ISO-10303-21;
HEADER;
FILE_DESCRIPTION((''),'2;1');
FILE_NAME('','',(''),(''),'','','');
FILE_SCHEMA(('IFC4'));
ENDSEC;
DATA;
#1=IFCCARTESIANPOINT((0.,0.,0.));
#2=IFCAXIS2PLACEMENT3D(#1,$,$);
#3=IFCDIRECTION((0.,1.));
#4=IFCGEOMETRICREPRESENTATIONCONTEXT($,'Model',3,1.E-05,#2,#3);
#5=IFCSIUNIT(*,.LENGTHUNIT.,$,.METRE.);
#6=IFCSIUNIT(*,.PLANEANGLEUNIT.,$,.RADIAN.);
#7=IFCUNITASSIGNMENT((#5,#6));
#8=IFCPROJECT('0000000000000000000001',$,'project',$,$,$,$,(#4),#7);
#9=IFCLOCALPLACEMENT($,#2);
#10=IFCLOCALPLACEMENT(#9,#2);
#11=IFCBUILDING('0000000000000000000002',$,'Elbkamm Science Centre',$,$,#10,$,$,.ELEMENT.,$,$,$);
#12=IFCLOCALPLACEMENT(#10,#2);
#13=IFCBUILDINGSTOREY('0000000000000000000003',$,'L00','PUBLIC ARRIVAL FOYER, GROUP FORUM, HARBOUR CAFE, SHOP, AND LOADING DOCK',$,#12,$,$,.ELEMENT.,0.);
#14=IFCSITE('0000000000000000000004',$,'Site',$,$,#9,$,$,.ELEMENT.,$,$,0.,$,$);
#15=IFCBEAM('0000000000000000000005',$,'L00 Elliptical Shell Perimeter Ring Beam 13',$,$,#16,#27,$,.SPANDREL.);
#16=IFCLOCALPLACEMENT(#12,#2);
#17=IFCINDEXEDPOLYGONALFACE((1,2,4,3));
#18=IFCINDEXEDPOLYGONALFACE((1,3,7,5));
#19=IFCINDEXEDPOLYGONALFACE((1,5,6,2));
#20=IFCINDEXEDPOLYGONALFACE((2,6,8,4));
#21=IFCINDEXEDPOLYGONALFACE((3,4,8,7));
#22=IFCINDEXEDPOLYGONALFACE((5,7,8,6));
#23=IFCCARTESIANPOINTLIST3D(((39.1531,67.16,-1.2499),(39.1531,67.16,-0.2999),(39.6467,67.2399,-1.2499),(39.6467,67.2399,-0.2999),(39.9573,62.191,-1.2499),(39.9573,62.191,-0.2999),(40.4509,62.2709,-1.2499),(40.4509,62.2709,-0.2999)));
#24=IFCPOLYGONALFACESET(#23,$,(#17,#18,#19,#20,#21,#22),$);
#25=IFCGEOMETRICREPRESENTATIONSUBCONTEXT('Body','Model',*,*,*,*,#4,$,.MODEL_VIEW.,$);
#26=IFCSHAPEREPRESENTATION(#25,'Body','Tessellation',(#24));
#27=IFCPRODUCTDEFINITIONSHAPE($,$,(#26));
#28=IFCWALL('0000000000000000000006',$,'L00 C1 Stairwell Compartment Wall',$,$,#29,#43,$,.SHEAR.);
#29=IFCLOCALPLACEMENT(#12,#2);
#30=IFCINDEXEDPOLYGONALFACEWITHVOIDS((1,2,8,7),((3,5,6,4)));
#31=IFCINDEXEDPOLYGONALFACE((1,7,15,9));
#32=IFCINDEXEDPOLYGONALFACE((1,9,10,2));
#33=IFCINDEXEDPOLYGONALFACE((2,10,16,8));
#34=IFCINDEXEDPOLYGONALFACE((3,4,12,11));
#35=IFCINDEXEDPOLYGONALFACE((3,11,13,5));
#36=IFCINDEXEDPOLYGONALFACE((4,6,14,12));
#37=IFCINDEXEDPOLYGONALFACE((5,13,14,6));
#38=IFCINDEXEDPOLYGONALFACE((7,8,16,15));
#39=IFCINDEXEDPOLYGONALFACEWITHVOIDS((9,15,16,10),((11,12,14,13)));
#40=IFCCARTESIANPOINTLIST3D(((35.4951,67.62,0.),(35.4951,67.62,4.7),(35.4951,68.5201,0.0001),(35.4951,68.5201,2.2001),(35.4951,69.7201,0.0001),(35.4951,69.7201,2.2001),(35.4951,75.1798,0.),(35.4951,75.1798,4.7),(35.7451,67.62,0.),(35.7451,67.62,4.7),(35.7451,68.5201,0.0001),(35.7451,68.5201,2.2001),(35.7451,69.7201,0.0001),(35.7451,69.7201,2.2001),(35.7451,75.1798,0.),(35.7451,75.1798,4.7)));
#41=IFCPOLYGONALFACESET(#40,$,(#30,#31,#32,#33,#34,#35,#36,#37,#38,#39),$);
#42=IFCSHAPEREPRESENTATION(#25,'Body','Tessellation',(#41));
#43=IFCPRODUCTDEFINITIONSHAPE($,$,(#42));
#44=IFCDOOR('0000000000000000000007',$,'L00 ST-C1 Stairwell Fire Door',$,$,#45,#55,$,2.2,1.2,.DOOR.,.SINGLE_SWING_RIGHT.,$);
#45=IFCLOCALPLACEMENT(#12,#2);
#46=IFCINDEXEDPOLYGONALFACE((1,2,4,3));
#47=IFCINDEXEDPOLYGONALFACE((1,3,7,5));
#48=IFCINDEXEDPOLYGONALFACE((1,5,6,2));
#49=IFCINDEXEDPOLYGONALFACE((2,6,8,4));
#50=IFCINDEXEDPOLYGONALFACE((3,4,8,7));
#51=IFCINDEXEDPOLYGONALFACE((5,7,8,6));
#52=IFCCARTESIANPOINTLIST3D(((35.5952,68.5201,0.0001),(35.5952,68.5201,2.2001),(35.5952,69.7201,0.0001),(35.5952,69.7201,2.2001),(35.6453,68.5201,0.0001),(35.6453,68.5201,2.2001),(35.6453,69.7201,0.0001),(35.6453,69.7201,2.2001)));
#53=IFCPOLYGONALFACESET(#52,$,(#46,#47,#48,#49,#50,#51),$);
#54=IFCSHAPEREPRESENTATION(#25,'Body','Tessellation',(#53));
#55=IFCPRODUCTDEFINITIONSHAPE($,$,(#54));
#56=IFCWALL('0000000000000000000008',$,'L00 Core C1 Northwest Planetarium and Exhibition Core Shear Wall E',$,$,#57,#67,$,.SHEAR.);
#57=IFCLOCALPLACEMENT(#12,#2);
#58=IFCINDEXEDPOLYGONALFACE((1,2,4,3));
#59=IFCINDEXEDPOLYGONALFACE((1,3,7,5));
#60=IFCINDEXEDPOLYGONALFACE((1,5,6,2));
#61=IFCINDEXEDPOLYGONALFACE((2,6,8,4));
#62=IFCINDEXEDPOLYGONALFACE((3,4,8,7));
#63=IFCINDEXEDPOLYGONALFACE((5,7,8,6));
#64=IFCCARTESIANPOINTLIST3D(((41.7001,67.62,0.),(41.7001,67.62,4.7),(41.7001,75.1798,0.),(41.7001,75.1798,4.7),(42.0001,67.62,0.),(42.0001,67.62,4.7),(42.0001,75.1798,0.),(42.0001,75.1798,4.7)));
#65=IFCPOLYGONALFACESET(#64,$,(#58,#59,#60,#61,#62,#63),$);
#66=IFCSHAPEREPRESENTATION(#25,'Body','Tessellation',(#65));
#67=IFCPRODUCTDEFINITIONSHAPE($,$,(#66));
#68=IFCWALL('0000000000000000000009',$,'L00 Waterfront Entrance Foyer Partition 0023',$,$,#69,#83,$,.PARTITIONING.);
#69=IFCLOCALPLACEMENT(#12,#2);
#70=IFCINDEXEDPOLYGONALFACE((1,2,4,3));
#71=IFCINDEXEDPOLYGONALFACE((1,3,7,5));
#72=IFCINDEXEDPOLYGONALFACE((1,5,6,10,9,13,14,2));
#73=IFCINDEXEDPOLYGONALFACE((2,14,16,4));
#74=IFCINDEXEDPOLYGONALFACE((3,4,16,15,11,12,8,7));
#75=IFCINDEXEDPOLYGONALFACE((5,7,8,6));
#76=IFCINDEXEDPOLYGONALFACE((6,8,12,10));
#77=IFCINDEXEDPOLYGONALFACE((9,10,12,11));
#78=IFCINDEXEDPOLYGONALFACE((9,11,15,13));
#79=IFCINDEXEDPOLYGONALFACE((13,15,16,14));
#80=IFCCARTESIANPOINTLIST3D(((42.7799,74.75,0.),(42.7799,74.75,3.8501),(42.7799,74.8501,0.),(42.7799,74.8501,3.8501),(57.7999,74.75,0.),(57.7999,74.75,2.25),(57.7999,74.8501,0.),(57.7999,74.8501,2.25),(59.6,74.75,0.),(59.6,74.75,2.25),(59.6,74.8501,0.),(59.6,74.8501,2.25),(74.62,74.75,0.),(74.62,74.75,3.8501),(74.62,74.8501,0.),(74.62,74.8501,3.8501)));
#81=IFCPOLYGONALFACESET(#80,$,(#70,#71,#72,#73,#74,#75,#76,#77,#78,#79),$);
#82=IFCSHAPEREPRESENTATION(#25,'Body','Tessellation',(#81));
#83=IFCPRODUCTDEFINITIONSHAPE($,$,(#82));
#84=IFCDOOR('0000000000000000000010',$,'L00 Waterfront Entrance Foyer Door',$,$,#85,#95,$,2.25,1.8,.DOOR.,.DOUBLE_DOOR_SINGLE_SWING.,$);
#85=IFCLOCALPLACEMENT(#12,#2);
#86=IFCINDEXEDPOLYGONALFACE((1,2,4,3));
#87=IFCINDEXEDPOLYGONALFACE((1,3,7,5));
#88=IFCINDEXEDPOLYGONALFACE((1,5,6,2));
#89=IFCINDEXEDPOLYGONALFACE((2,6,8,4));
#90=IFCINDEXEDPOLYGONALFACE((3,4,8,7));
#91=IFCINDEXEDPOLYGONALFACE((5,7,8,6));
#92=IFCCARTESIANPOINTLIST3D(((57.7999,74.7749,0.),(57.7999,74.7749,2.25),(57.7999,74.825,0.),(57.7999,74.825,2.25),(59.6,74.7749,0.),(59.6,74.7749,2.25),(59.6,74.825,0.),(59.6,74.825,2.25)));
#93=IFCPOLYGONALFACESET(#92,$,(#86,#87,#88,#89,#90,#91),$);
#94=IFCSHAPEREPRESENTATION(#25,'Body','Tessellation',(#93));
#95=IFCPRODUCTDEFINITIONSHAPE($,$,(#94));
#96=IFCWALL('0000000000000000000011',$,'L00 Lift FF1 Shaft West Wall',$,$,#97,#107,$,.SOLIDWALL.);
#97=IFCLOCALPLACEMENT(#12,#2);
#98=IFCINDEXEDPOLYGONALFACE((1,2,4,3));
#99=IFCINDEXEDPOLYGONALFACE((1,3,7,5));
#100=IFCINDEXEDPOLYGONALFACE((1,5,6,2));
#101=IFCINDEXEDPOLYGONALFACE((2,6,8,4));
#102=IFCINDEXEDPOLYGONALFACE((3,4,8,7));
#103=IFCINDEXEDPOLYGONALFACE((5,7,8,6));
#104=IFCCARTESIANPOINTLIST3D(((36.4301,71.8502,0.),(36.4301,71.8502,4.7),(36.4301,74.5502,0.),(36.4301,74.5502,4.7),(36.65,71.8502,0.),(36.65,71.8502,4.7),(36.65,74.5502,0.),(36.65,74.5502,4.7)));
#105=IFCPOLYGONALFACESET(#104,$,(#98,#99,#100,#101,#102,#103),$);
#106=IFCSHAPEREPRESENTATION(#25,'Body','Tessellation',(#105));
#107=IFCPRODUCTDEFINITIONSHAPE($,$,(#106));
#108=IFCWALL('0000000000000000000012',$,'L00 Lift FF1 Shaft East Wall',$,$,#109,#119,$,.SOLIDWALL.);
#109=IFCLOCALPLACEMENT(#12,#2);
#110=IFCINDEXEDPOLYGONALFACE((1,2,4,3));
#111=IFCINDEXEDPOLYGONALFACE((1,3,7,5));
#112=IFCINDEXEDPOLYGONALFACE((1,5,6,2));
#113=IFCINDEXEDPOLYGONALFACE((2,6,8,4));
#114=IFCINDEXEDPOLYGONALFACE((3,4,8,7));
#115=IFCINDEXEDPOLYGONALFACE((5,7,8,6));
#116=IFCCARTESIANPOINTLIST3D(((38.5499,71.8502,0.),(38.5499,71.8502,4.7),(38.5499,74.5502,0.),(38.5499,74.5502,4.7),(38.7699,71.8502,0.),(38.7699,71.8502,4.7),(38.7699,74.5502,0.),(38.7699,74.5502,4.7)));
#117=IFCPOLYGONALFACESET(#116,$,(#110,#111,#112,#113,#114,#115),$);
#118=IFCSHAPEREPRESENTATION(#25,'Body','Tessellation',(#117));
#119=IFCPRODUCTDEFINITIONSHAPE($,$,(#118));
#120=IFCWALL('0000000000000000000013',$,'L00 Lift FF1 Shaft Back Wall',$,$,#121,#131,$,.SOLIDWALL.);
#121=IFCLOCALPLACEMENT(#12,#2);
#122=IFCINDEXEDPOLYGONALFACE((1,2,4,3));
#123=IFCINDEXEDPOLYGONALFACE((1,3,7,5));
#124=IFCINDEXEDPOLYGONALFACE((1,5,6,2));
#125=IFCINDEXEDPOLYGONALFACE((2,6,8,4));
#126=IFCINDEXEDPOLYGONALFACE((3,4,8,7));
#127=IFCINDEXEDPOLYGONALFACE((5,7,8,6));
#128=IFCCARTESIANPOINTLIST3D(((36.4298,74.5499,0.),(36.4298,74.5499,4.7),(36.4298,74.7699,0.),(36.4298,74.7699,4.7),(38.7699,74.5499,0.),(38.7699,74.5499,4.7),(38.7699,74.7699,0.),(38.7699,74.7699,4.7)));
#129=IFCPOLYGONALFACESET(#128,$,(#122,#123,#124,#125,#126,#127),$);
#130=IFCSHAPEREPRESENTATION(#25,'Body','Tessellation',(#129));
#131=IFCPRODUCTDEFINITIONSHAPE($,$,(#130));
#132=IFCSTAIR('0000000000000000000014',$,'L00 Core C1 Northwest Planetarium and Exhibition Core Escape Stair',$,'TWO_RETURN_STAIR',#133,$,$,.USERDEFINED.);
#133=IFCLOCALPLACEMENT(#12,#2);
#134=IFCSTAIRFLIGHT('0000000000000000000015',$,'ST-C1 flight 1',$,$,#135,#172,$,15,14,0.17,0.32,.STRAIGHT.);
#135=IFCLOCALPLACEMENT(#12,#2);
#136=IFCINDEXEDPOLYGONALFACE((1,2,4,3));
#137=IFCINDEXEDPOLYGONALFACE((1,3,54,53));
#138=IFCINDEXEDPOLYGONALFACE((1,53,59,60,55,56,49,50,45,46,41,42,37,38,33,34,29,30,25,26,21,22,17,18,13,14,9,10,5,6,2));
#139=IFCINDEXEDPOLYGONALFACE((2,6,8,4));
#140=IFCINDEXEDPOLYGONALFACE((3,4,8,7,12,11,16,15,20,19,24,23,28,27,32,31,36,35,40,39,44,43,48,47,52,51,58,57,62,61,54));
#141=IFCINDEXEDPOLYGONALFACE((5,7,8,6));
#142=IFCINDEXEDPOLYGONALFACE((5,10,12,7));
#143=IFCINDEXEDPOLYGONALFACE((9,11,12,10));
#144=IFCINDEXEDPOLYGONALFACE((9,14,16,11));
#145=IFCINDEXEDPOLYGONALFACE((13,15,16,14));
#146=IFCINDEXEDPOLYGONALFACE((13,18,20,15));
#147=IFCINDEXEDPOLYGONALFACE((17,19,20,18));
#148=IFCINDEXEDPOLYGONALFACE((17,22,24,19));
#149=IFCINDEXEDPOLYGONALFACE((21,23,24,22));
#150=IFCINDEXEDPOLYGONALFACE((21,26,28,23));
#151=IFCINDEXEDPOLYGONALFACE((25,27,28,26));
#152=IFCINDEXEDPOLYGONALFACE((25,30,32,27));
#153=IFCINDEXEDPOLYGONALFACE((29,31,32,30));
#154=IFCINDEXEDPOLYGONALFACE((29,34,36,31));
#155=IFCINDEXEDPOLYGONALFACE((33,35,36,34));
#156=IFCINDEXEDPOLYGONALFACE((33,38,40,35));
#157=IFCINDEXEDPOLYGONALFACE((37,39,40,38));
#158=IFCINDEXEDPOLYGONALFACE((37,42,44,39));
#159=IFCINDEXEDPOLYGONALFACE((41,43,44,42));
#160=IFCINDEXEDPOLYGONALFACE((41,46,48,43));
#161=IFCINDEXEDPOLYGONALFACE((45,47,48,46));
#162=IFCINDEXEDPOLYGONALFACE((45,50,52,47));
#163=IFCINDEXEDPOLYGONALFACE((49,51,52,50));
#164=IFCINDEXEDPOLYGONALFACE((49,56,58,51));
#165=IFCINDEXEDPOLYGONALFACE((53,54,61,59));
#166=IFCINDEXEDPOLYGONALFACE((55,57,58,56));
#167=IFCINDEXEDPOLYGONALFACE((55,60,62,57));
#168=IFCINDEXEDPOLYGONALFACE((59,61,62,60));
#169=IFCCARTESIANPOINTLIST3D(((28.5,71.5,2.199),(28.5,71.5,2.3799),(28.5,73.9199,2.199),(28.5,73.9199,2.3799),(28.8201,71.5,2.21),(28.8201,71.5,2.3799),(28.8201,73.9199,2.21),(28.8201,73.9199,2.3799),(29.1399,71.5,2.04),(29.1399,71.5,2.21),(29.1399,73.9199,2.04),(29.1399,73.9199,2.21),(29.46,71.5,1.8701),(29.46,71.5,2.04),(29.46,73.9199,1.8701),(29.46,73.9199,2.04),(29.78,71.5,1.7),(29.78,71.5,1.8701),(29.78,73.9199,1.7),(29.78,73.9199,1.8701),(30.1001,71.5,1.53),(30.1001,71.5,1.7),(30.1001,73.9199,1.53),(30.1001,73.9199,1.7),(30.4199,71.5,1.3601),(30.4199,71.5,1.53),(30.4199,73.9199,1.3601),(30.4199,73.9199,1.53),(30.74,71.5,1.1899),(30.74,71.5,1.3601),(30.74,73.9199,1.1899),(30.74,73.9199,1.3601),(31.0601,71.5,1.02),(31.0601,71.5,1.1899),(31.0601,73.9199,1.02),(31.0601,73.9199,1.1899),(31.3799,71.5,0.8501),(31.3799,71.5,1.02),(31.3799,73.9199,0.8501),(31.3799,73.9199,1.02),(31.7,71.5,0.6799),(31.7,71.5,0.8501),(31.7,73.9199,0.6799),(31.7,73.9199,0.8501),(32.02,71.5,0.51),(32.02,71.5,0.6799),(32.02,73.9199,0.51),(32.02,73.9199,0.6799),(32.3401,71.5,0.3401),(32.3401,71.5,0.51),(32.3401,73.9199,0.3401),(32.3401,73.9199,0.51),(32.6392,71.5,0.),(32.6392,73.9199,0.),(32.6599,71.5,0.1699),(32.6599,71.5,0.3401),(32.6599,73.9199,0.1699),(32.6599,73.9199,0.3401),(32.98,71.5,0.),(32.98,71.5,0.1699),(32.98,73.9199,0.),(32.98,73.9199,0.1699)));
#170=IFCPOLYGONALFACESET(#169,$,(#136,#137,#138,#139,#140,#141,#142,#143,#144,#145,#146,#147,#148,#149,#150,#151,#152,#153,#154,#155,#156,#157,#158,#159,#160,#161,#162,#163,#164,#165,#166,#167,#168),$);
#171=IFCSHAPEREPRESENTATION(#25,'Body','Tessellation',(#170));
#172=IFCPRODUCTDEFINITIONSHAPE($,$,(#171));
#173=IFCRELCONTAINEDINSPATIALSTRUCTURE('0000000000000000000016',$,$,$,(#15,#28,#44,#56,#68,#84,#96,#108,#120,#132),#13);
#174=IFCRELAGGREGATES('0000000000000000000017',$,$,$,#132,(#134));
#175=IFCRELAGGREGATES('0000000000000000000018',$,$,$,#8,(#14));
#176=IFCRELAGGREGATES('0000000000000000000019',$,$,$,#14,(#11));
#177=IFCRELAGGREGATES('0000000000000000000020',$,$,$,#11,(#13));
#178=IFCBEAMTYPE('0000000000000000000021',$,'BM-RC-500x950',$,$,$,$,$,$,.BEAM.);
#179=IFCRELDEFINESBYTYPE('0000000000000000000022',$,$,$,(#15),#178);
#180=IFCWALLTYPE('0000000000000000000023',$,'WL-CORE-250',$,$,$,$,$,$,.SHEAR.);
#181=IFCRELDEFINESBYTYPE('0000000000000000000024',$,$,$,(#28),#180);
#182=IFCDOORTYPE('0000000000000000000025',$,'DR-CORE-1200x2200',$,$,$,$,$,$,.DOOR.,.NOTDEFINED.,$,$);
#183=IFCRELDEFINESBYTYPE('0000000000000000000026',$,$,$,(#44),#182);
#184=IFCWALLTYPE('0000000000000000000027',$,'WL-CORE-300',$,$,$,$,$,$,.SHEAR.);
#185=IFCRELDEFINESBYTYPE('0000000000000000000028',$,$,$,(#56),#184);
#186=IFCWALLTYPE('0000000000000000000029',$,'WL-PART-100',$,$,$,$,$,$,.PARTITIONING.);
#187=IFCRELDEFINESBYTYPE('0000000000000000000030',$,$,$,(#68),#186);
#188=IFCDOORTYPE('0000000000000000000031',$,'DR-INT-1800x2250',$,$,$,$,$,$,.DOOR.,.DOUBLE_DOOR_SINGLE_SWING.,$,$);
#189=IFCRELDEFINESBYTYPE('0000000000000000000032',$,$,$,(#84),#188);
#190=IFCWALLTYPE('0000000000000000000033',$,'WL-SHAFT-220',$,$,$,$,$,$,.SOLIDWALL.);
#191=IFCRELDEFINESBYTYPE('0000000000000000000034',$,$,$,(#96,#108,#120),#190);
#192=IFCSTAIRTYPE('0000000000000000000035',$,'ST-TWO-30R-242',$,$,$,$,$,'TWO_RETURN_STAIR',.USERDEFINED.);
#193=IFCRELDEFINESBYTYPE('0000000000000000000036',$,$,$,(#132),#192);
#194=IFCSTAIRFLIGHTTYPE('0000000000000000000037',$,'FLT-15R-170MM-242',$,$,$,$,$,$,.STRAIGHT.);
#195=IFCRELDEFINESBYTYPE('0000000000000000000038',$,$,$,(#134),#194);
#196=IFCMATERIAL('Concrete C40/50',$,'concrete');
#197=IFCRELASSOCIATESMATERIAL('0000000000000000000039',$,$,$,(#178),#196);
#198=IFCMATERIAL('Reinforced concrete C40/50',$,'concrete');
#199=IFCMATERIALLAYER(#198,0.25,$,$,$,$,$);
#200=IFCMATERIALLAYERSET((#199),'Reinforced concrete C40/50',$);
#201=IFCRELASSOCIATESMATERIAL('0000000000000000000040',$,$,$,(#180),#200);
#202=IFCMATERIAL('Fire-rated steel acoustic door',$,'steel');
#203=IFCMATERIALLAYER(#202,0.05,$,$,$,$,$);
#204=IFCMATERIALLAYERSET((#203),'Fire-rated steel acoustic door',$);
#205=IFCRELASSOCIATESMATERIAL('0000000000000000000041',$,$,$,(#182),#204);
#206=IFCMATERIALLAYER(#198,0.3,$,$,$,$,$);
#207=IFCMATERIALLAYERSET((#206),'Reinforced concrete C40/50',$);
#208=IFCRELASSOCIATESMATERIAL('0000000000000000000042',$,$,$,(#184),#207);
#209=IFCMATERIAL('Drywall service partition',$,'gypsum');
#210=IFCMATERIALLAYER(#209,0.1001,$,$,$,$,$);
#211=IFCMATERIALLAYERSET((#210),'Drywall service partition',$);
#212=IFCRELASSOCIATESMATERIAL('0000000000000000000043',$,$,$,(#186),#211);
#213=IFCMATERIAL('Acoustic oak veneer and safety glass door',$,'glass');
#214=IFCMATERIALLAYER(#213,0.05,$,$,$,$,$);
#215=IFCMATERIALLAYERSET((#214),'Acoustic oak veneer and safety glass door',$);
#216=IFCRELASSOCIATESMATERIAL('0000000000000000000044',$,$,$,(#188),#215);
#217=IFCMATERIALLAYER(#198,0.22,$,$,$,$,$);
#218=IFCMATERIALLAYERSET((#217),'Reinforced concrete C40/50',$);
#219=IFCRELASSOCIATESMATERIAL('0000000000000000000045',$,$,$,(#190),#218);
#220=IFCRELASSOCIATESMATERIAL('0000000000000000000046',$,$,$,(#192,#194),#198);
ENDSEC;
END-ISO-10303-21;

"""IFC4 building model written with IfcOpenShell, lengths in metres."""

from ifc_helpers import new_model, si_unit, direction, frame, frame_2d, origin, origin_2d, place, context, subcontext, project, spatial, polyline, rectangle, outline, extrude, material, layer, layer_set, material_profile, profile_set, type_object, element, fill, aggregate, save


model = new_model("IFC4")

# Units and contexts
model_context = context("Model", 3, precision=1e-05, world=origin(), true_north=direction((0.0, 1.0)))
body_context = subcontext(model_context, "Body", "Model", "MODEL_VIEW")
ifc_project = project(units=[si_unit("LENGTHUNIT", "METRE"), si_unit("PLANEANGLEUNIT", "RADIAN")], contexts=[model_context])

# Site, building, storey
site_placement = place(None, origin())
site = spatial("IfcSite", under=ifc_project, at=site_placement, Name="Site", CompositionType="ELEMENT", RefElevation=0.0)
building_placement = place(site_placement, origin())
building = spatial("IfcBuilding", under=site, at=building_placement, Name="Elbkamm Science Centre", CompositionType="ELEMENT")
storey_placement = place(building_placement, origin())
storey = spatial("IfcBuildingStorey", under=building, at=storey_placement, Name="L00", Description="PUBLIC ARRIVAL FOYER, GROUP FORUM, HARBOUR CAFE, SHOP, AND LOADING DOCK", CompositionType="ELEMENT", Elevation=0.0)

# Shared definitions
ifc_material_1 = material(Name="Concrete C40/50", Category="concrete")

# Beam
ifc_material_profile_1 = material_profile(ifc_material_1, rectangle(XDim=0.5, YDim=0.95, at=origin_2d()), Name="RC 500x950")
ifc_profile_set_1 = profile_set([ifc_material_profile_1], Name="Concrete C40/50")
beam_type_1 = type_object("IfcBeamType", Name="BM-RC-500x950", PredefinedType="BEAM", material=ifc_profile_set_1)
for number, where, z_axis, x_axis, name in (
    (1, (39.3999, 67.2, -0.7749), (0.159765, -0.987155, 0.0), (0.987155, 0.159765, 0.0), "L00 Elliptical Shell Perimeter Ring Beam 13"),
):
    element("IfcBeam", number, at=place(storey_placement, frame(where, z_axis=z_axis, x_axis=x_axis)), inside=storey, type_object=beam_type_1, Name=name, PredefinedType="SPANDREL", context=body_context, shape_type="SweptSolid", body=[
        extrude(rectangle(XDim=0.5, YDim=0.95, at=origin_2d()), origin(), (0.0, 0.0, 1.0), 5.0337),
    ])

# Wall, opening, door
ifc_material_2 = material(Name="Reinforced concrete C40/50", Category="concrete")
ifc_layer_1 = layer(ifc_material_2, 0.25)
ifc_layer_set_1 = layer_set([ifc_layer_1], Name="Reinforced concrete C40/50")
wall_type_1 = type_object("IfcWallType", Name="WL-CORE-250", PredefinedType="SHEAR", material=ifc_layer_set_1)
wall_1_placement = place(storey_placement, frame((35.6201, 67.6201, 0.0), z_axis=(0.0, 0.0, 1.0), x_axis=(0.0, 1.0, 0.0)))
wall_1 = element("IfcWall", 2, at=wall_1_placement, inside=storey, type_object=wall_type_1, Name="L00 C1 Stairwell Compartment Wall", PredefinedType="SHEAR", context=body_context, shape_type="SweptSolid", body=[
    extrude(rectangle(XDim=7.5598, YDim=0.25, at=frame_2d((3.7798, 0.0))), origin(), (0.0, 0.0, 1.0), 4.7),
])
opening_1_placement = place(wall_1_placement, frame((0.8999, 0.0, 0.0)))
opening_1 = element("IfcOpeningElement", 3, at=opening_1_placement, cuts=wall_1, PredefinedType="OPENING", context=body_context, shape_type="SweptSolid", body=[
    extrude(rectangle(XDim=1.2, YDim=2.2, at=frame_2d((0.6001, 1.1001))), frame((0.0, 0.137, 0.0), z_axis=(0.0, -1.0, 0.0), x_axis=(1.0, 0.0, 0.0)), (0.0, 0.0, 1.0), 0.2739),
])
ifc_material_3 = material(Name="Fire-rated steel acoustic door", Category="steel")
ifc_layer_2 = layer(ifc_material_3, 0.05)
ifc_layer_set_2 = layer_set([ifc_layer_2], Name="Fire-rated steel acoustic door")
door_type_1 = type_object("IfcDoorType", Name="DR-CORE-1200x2200", OperationType="NOTDEFINED", PredefinedType="DOOR", material=ifc_layer_set_2)
door_1_placement = place(opening_1_placement, origin())
door_1 = element("IfcDoor", 4, at=door_1_placement, inside=storey, type_object=door_type_1, Name="L00 ST-C1 Stairwell Fire Door", OperationType="SINGLE_SWING_RIGHT", OverallHeight=2.2, OverallWidth=1.2, PredefinedType="DOOR", context=body_context, shape_type="SweptSolid", body=[
    extrude(rectangle(XDim=1.2, YDim=2.2, at=frame_2d((0.6001, 1.1001))), frame((0.0, 0.0249, 0.0), z_axis=(0.0, -1.0, 0.0), x_axis=(1.0, 0.0, 0.0)), (0.0, 0.0, 1.0), 0.05),
])
fill(opening_1, door_1)

# Wall
ifc_layer_3 = layer(ifc_material_2, 0.3)
ifc_layer_set_3 = layer_set([ifc_layer_3], Name="Reinforced concrete C40/50")
wall_type_2 = type_object("IfcWallType", Name="WL-CORE-300", PredefinedType="SHEAR", material=ifc_layer_set_3)
wall_2_placement = place(storey_placement, frame((41.8501, 67.6201, 0.0), z_axis=(0.0, 0.0, 1.0), x_axis=(0.0, 1.0, 0.0)))
element("IfcWall", 5, at=wall_2_placement, inside=storey, type_object=wall_type_2, Name="L00 Core C1 Northwest Planetarium and Exhibition Core Shear Wall E", PredefinedType="SHEAR", context=body_context, shape_type="SweptSolid", body=[
    extrude(rectangle(XDim=7.5598, YDim=0.3, at=frame_2d((3.7798, 0.0))), origin(), (0.0, 0.0, 1.0), 4.7),
])

# Wall, opening, door
ifc_material_4 = material(Name="Drywall service partition", Category="gypsum")
ifc_layer_4 = layer(ifc_material_4, 0.1001)
ifc_layer_set_4 = layer_set([ifc_layer_4], Name="Drywall service partition")
wall_type_3 = type_object("IfcWallType", Name="WL-PART-100", PredefinedType="PARTITIONING", material=ifc_layer_set_4)
wall_3_placement = place(storey_placement, frame((42.78, 74.8, 0.0), z_axis=(0.0, 0.0, 1.0), x_axis=(1.0, 0.0, 0.0)))
wall_3 = element("IfcWall", 6, at=wall_3_placement, inside=storey, type_object=wall_type_3, Name="L00 Waterfront Entrance Foyer Partition 0023", PredefinedType="PARTITIONING", context=body_context, shape_type="SweptSolid", body=[
    extrude(rectangle(XDim=31.8401, YDim=0.1001, at=frame_2d((15.9199, 0.0))), origin(), (0.0, 0.0, 1.0), 3.8501),
])
opening_2_placement = place(wall_3_placement, frame((15.02, 0.0, 0.0)))
opening_2 = element("IfcOpeningElement", 7, at=opening_2_placement, cuts=wall_3, PredefinedType="OPENING", context=body_context, shape_type="SweptSolid", body=[
    extrude(rectangle(XDim=1.8, YDim=2.25, at=frame_2d((0.8999, 1.125))), frame((0.0, 0.062, 0.0), z_axis=(0.0, -1.0, 0.0), x_axis=(1.0, 0.0, 0.0)), (0.0, 0.0, 1.0), 0.124),
])
ifc_material_5 = material(Name="Acoustic oak veneer and safety glass door", Category="glass")
ifc_layer_5 = layer(ifc_material_5, 0.05)
ifc_layer_set_5 = layer_set([ifc_layer_5], Name="Acoustic oak veneer and safety glass door")
door_type_2 = type_object("IfcDoorType", Name="DR-INT-1800x2250", OperationType="DOUBLE_DOOR_SINGLE_SWING", PredefinedType="DOOR", material=ifc_layer_set_5)
door_2_placement = place(opening_2_placement, origin())
door_2 = element("IfcDoor", 8, at=door_2_placement, inside=storey, type_object=door_type_2, Name="L00 Waterfront Entrance Foyer Door", OperationType="DOUBLE_DOOR_SINGLE_SWING", OverallHeight=2.25, OverallWidth=1.8, PredefinedType="DOOR", context=body_context, shape_type="SweptSolid", body=[
    extrude(rectangle(XDim=1.8, YDim=2.25, at=frame_2d((0.8999, 1.125))), frame((0.0, 0.0249, 0.0), z_axis=(0.0, -1.0, 0.0), x_axis=(1.0, 0.0, 0.0)), (0.0, 0.0, 1.0), 0.05),
])
fill(opening_2, door_2)

# Walls
ifc_layer_6 = layer(ifc_material_2, 0.22)
ifc_layer_set_6 = layer_set([ifc_layer_6], Name="Reinforced concrete C40/50")
wall_type_4 = type_object("IfcWallType", Name="WL-SHAFT-220", PredefinedType="SOLIDWALL", material=ifc_layer_set_6)
for number, where, z_axis, x_axis, name in (
    (9, (36.54, 71.8501, 0.0), (0.0, 0.0, 1.0), (0.0, 1.0, 0.0), "L00 Lift FF1 Shaft West Wall"),
    (10, (38.6599, 71.8501, 0.0), (0.0, 0.0, 1.0), (0.0, 1.0, 0.0), "L00 Lift FF1 Shaft East Wall"),
):
    element("IfcWall", number, at=place(storey_placement, frame(where, z_axis=z_axis, x_axis=x_axis)), inside=storey, type_object=wall_type_4, Name=name, PredefinedType="SOLIDWALL", context=body_context, shape_type="SweptSolid", body=[
        extrude(rectangle(XDim=2.7, YDim=0.22, at=frame_2d((1.3501, 0.0))), origin(), (0.0, 0.0, 1.0), 4.7),
    ])
wall_4_placement = place(storey_placement, frame((36.4299, 74.6599, 0.0), z_axis=(0.0, 0.0, 1.0), x_axis=(1.0, 0.0, 0.0)))
element("IfcWall", 11, at=wall_4_placement, inside=storey, type_object=wall_type_4, Name="L00 Lift FF1 Shaft Back Wall", PredefinedType="SOLIDWALL", context=body_context, shape_type="SweptSolid", body=[
    extrude(rectangle(XDim=2.3401, YDim=0.22, at=frame_2d((1.1699, 0.0))), origin(), (0.0, 0.0, 1.0), 4.7),
])

# Stair, stair flight
stair_type = type_object("IfcStairType", Name="ST-TWO-30R-242", ElementType="TWO_RETURN_STAIR", PredefinedType="USERDEFINED", material=ifc_material_2)
stair_placement = place(storey_placement, origin())
stair = element("IfcStair", 12, at=stair_placement, inside=storey, type_object=stair_type, Name="L00 Core C1 Northwest Planetarium and Exhibition Core Escape Stair", ObjectType="TWO_RETURN_STAIR", PredefinedType="USERDEFINED")
stair_flight_type = type_object("IfcStairFlightType", Name="FLT-15R-170MM-242", PredefinedType="STRAIGHT", material=ifc_material_2)
stair_flight_placement = place(storey_placement, frame((32.98, 72.71, 0.0), z_axis=(0.0, 0.0, 1.0), x_axis=(-1.0, 0.0, 0.0)))
stair_flight = element("IfcStairFlight", 13, at=stair_flight_placement, type_object=stair_flight_type, Name="ST-C1 flight 1", NumberOfRisers=15, NumberOfTreads=14, PredefinedType="STRAIGHT", RiserHeight=0.17, TreadLength=0.32, context=body_context, shape_type="SweptSolid", body=[
    extrude(outline(polyline([(0.0, 0.0), (0.0, 0.1699), (0.3201, 0.1699), (0.3201, 0.3401), (0.6399, 0.3401), (0.6399, 0.51), (0.96, 0.51), (0.96, 0.6799), (1.28, 0.6799), (1.28, 0.8501), (1.6001, 0.8501), (1.6001, 1.02), (1.9199, 1.02), (1.9199, 1.1899), (2.24, 1.1899), (2.24, 1.3601), (2.5601, 1.3601), (2.5601, 1.53), (2.8799, 1.53), (2.8799, 1.7), (3.2, 1.7), (3.2, 1.8701), (3.52, 1.8701), (3.52, 2.04), (3.8401, 2.04), (3.8401, 2.21), (4.1599, 2.21), (4.1599, 2.3799), (4.48, 2.3799), (4.48, 2.55), (4.48, 2.199), (0.3408, 0.0), (0.0, 0.0)])), frame((0.0, 1.21, 0.0), z_axis=(0.0, -1.0, 0.0), x_axis=(1.0, 0.0, 0.0)), (0.0, 0.0, 1.0), 2.4199),
])
aggregate(stair, [stair_flight])

save(model, "model.ifc")
